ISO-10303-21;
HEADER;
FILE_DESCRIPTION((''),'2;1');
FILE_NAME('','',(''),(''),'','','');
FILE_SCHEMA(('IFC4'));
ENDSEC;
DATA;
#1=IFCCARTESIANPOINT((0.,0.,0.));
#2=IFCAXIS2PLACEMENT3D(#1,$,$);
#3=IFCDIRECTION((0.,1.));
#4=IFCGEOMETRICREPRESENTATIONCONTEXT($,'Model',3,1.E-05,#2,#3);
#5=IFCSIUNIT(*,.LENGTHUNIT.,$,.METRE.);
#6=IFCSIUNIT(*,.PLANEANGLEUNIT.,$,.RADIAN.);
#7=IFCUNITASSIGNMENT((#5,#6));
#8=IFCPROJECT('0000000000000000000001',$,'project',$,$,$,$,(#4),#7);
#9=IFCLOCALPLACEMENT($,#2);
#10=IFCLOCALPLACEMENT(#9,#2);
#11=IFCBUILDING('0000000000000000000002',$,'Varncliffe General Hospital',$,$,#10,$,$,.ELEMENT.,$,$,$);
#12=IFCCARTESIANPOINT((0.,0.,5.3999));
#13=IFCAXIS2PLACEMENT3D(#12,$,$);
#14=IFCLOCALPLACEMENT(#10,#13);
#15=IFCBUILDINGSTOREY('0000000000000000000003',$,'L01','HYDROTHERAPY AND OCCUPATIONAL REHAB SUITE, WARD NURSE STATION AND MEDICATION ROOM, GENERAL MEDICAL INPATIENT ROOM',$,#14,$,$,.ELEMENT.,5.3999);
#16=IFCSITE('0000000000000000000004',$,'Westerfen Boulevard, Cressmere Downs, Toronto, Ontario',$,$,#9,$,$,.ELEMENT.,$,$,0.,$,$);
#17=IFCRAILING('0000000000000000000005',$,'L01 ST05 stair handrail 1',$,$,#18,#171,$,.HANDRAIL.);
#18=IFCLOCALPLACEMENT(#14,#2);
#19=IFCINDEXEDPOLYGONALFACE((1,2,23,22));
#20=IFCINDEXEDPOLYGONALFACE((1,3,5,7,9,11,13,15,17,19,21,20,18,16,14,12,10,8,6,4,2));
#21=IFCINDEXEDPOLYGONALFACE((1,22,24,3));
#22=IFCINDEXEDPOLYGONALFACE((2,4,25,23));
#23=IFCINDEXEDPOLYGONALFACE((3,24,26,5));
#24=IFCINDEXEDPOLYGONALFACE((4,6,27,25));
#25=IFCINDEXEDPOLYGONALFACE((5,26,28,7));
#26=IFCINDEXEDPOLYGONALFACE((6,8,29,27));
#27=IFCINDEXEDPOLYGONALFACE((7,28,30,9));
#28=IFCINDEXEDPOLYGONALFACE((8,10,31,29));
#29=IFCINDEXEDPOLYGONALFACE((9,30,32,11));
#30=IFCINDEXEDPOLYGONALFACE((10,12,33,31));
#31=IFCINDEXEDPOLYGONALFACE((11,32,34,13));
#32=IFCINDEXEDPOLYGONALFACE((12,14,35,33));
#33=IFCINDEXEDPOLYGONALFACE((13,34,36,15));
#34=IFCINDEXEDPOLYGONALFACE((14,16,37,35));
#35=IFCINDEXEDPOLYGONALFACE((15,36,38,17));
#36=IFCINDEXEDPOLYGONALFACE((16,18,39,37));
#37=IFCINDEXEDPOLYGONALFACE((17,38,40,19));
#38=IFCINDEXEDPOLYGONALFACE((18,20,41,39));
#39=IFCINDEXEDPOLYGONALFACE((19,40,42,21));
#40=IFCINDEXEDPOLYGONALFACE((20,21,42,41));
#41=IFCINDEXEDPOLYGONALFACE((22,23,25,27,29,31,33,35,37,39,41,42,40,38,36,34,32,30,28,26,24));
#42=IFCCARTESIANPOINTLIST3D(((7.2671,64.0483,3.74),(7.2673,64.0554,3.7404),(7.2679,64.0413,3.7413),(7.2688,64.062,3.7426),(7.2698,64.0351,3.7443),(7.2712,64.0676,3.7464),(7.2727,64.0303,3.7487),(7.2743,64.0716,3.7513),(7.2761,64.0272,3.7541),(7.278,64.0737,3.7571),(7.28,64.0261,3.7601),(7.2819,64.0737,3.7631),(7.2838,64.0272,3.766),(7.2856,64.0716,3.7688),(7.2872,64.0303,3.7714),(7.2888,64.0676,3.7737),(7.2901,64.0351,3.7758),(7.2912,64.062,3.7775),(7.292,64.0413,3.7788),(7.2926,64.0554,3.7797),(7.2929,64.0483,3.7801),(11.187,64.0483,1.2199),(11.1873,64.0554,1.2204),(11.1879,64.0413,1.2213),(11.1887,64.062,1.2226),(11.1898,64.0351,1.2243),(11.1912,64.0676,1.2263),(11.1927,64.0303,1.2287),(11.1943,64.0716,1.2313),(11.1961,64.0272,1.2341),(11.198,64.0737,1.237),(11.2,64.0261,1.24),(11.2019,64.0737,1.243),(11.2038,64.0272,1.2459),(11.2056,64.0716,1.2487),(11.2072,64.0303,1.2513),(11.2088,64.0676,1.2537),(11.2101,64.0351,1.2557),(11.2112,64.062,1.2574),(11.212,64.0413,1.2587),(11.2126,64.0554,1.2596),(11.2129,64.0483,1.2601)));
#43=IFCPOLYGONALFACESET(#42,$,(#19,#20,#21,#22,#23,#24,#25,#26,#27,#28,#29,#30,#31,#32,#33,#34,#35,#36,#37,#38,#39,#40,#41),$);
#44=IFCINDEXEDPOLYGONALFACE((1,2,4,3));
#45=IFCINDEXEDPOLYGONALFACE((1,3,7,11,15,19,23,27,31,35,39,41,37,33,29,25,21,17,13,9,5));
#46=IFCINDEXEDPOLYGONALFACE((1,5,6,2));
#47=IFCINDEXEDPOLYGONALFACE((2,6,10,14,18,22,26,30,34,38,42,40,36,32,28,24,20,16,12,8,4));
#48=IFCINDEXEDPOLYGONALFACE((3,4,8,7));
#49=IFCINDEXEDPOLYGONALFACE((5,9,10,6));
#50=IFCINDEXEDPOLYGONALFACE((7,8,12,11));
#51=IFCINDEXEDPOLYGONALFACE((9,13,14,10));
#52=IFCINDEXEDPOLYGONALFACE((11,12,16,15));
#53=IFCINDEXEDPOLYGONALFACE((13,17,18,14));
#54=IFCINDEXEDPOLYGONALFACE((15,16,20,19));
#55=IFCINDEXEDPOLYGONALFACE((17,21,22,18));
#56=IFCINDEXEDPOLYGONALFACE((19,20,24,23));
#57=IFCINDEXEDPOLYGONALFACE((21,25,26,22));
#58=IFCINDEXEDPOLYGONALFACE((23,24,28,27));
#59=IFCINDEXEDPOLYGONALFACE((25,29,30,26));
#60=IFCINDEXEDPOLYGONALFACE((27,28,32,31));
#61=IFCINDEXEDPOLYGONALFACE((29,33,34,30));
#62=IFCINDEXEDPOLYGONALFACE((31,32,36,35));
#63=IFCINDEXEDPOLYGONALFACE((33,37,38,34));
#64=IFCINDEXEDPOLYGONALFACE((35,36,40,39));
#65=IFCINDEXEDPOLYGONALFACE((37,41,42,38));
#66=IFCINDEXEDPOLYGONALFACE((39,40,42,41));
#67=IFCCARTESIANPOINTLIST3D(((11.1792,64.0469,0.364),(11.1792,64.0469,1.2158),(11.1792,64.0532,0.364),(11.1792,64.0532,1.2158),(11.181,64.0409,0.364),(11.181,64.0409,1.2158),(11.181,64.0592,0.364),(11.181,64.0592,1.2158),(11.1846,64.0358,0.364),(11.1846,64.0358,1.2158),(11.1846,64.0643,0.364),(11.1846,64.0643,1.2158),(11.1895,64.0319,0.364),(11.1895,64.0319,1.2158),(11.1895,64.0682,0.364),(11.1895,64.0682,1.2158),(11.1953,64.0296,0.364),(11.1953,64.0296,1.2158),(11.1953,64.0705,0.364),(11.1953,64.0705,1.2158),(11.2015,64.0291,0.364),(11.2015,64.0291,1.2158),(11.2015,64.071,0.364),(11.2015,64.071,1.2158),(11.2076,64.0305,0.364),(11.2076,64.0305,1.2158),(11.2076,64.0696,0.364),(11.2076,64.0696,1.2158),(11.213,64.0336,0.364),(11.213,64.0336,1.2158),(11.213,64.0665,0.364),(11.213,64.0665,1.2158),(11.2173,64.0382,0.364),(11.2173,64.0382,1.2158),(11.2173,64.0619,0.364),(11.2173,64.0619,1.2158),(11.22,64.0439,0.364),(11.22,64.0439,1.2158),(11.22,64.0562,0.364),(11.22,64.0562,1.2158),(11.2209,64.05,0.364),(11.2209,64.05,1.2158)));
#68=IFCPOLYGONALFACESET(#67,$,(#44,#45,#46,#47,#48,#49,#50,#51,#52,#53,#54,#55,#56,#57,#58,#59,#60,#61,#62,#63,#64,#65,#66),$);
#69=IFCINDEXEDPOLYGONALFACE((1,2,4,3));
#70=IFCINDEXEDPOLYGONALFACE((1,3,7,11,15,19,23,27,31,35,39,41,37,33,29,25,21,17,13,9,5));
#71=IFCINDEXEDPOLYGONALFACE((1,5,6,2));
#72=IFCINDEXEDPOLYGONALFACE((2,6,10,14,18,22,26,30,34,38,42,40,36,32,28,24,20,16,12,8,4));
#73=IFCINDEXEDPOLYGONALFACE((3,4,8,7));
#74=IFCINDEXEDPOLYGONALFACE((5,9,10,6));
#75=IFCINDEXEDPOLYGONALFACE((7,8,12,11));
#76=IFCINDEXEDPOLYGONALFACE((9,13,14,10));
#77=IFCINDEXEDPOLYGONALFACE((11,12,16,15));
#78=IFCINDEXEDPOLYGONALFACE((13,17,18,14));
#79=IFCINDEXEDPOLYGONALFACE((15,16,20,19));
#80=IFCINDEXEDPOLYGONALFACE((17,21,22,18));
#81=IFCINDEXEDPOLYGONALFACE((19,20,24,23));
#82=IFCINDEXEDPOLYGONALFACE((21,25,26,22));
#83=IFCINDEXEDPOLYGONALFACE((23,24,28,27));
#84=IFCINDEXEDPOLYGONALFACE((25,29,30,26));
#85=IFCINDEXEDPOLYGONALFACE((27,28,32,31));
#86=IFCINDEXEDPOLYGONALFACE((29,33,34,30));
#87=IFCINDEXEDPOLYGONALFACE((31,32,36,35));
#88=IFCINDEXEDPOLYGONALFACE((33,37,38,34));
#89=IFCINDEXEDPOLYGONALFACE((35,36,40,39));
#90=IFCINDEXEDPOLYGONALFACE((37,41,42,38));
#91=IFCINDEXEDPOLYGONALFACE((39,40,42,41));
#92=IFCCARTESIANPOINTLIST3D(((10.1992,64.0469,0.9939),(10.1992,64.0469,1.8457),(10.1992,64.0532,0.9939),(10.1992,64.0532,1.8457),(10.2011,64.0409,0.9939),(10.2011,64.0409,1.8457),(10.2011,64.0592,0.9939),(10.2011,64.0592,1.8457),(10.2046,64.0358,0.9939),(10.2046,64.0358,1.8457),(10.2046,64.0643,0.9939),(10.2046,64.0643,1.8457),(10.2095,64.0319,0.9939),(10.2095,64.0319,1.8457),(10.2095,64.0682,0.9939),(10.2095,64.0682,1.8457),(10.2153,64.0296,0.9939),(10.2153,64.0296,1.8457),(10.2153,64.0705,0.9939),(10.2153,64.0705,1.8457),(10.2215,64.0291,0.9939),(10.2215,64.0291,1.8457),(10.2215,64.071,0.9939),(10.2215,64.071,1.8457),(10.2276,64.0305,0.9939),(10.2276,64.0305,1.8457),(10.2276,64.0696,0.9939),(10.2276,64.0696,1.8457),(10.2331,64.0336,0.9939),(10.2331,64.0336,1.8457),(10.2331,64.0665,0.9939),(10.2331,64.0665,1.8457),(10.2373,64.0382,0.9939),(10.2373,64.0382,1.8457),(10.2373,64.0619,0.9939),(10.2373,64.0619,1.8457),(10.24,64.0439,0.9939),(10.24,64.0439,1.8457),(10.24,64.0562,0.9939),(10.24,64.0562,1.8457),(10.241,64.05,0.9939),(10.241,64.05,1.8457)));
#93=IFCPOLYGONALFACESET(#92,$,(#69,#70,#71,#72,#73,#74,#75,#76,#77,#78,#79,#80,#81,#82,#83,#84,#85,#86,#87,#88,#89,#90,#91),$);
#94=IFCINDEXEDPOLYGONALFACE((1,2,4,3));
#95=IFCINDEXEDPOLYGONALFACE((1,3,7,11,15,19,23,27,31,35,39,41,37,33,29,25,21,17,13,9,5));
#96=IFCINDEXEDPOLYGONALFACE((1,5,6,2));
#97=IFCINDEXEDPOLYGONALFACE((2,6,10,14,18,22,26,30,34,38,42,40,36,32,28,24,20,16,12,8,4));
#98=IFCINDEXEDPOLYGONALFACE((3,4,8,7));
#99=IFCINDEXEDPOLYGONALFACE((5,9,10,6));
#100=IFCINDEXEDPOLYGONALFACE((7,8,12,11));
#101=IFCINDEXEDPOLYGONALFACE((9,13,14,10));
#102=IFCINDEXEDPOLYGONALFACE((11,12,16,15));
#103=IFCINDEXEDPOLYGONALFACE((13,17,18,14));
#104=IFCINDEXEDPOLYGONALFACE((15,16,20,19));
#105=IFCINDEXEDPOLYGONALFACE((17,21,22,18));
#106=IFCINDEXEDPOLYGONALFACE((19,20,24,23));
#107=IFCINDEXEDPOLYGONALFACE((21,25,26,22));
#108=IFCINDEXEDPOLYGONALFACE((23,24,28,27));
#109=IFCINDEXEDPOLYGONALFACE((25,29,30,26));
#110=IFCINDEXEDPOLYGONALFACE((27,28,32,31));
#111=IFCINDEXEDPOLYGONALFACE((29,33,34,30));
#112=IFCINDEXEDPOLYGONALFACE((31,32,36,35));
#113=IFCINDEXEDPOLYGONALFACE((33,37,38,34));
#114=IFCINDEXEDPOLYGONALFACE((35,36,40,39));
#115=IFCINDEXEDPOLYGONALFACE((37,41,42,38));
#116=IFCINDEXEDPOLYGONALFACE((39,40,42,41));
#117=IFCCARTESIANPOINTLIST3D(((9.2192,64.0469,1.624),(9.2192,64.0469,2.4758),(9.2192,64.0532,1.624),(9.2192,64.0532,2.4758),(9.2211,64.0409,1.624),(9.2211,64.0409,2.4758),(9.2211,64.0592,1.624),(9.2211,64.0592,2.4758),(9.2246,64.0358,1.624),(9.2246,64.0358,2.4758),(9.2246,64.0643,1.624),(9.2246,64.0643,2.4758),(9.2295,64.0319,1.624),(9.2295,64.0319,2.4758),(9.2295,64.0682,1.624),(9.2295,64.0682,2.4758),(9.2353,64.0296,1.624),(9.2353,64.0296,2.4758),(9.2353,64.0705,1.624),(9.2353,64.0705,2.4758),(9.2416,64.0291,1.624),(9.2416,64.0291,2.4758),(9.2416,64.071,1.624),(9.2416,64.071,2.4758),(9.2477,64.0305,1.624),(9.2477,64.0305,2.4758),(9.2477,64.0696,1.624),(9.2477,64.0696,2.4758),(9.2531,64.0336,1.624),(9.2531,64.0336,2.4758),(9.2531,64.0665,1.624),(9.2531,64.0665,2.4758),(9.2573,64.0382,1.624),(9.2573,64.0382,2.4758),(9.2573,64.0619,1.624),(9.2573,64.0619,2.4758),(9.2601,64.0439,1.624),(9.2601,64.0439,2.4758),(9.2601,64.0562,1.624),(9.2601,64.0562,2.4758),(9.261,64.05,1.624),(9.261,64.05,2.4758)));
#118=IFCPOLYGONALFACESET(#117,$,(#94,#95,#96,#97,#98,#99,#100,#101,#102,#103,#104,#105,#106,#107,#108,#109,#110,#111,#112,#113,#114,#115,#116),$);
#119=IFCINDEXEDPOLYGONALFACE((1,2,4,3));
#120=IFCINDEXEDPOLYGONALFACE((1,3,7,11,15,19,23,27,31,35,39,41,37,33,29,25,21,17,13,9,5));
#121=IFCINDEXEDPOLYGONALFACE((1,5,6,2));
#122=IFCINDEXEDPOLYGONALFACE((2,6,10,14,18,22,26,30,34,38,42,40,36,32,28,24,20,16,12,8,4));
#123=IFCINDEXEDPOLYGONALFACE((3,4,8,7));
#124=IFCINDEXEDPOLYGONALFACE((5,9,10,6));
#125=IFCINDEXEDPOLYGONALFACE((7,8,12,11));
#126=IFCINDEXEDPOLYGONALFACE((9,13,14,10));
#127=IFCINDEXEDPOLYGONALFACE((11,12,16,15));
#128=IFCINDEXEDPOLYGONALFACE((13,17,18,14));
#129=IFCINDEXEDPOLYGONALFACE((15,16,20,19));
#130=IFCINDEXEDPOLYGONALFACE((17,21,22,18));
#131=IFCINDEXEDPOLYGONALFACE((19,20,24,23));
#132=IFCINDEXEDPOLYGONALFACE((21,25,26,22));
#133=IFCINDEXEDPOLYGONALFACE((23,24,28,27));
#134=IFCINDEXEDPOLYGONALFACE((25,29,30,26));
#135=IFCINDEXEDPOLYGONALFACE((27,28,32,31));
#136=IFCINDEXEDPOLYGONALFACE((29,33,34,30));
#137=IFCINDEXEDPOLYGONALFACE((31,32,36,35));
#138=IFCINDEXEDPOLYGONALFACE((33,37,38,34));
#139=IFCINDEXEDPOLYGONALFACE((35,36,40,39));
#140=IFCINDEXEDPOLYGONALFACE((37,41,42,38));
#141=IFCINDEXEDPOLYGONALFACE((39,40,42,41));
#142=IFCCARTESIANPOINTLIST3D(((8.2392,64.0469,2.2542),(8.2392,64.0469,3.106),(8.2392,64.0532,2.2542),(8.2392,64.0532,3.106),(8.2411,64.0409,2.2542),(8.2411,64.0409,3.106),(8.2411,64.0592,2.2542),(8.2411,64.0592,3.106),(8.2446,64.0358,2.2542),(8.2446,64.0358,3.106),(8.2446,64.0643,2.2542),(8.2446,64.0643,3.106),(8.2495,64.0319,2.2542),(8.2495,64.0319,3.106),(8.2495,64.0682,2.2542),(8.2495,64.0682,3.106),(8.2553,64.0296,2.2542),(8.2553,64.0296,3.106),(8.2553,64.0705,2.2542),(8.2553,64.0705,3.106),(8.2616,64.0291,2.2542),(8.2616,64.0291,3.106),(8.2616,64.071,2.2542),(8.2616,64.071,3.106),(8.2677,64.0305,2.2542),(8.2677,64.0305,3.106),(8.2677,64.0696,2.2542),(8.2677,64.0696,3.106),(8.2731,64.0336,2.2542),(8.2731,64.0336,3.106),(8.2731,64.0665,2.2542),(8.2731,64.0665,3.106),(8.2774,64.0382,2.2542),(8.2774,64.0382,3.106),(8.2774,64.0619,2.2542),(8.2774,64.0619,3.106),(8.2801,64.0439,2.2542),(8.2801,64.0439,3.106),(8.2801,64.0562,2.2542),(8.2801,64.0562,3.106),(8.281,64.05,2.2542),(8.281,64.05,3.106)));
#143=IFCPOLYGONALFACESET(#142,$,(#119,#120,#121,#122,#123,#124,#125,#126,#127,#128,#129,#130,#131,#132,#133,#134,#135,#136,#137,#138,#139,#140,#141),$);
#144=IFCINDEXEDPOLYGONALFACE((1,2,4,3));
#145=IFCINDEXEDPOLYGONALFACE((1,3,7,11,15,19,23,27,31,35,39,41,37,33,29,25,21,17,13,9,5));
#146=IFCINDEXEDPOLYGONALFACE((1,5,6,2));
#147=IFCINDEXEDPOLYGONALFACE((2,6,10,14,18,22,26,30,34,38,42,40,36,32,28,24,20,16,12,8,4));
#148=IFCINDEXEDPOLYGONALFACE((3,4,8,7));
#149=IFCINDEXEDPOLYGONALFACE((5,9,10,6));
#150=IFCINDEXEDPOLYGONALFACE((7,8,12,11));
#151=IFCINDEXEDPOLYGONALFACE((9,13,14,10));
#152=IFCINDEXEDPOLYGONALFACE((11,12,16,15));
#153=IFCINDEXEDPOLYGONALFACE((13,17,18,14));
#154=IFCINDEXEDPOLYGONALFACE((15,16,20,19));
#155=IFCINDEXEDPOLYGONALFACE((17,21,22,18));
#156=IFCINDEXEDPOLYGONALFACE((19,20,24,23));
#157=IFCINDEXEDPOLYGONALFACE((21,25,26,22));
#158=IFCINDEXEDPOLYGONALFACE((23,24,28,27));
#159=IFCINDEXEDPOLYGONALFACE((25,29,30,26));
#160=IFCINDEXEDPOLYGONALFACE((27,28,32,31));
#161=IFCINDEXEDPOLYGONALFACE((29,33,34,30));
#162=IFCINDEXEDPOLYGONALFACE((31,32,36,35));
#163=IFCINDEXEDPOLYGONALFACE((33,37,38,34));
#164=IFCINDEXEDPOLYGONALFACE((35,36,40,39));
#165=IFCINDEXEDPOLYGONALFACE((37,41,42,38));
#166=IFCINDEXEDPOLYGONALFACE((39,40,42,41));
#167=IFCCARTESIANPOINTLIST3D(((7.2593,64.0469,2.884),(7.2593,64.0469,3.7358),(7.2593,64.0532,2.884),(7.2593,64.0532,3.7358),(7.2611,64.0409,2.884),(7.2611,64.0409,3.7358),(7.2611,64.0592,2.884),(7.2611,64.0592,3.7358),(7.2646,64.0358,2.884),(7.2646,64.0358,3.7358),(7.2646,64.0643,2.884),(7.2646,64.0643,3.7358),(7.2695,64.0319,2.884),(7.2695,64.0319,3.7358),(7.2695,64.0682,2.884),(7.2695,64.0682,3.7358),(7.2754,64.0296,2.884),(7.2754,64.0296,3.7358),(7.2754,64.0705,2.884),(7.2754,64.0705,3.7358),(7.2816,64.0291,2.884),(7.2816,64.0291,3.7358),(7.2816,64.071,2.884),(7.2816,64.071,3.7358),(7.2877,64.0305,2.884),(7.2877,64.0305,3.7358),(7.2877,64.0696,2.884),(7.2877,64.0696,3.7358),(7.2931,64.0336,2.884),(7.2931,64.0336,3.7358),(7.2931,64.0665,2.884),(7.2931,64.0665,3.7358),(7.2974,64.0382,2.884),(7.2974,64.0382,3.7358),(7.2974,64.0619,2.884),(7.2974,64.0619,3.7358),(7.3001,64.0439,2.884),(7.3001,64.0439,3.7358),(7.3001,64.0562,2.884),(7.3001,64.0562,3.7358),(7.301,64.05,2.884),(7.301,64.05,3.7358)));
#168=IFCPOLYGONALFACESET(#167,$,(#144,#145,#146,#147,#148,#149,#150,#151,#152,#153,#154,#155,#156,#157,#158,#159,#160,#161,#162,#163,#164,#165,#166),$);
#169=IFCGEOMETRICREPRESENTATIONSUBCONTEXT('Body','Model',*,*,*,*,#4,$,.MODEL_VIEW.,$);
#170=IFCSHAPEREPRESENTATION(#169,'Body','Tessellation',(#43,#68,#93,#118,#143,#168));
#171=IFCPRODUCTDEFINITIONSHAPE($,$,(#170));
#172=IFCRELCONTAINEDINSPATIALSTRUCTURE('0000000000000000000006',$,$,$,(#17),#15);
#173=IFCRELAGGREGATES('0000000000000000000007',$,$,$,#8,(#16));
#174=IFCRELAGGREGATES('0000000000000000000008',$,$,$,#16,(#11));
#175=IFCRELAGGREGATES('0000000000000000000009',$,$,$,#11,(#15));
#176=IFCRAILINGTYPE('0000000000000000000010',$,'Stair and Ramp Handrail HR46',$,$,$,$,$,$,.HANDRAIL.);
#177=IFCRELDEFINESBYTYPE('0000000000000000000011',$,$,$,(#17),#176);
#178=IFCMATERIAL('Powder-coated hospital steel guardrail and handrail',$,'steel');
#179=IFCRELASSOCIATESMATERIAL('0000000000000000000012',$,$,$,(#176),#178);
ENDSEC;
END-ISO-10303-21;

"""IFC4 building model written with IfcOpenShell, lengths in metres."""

from ifc_helpers import new_model, si_unit, direction, frame, origin, origin_2d, place, context, subcontext, project, spatial, circle, extrude, material, type_object, element, save


model = new_model("IFC4")

# Units and contexts
model_context = context("Model", 3, precision=1e-05, world=origin(), true_north=direction((0.0, 1.0)))
body_context = subcontext(model_context, "Body", "Model", "MODEL_VIEW")
ifc_project = project(units=[si_unit("LENGTHUNIT", "METRE"), si_unit("PLANEANGLEUNIT", "RADIAN")], contexts=[model_context])

# Site, building, storey
site_placement = place(None, origin())
site = spatial("IfcSite", under=ifc_project, at=site_placement, Name="Westerfen Boulevard, Cressmere Downs, Toronto, Ontario", CompositionType="ELEMENT", RefElevation=0.0)
building_placement = place(site_placement, origin())
building = spatial("IfcBuilding", under=site, at=building_placement, Name="Varncliffe General Hospital", CompositionType="ELEMENT")
storey_placement = place(building_placement, frame((0.0, 0.0, 5.3999)))
storey = spatial("IfcBuildingStorey", under=building, at=storey_placement, Name="L01", Description="HYDROTHERAPY AND OCCUPATIONAL REHAB SUITE, WARD NURSE STATION AND MEDICATION ROOM, GENERAL MEDICAL INPATIENT ROOM", CompositionType="ELEMENT", Elevation=5.3999)

# Railing
ifc_material_1 = material(Name="Powder-coated hospital steel guardrail and handrail", Category="steel")
railing_type_1 = type_object("IfcRailingType", Name="Stair and Ramp Handrail HR46", PredefinedType="HANDRAIL", material=ifc_material_1)
railing_1_placement = place(storey_placement, frame((11.2, 64.05, 0.364)))
element("IfcRailing", 1, at=railing_1_placement, inside=storey, type_object=railing_type_1, Name="L01 ST05 stair handrail 1", PredefinedType="HANDRAIL", context=body_context, shape_type="SweptSolid", body=[
    extrude(circle(Radius=0.0239, at=origin_2d()), frame((0.0, 0.0, 0.876), z_axis=(-0.841172, 0.0, 0.540768), x_axis=(0.0, -1.0, 0.0)), (0.0, 0.0, 1.0), 4.6602),
    extrude(circle(Radius=0.021, at=origin_2d()), origin(), (0.0, 0.0, 1.0), 0.8518),
    extrude(circle(Radius=0.021, at=origin_2d()), frame((-0.98, 0.0, 0.6299)), (0.0, 0.0, 1.0), 0.8518),
    extrude(circle(Radius=0.021, at=origin_2d()), frame((-1.96, 0.0, 1.26)), (0.0, 0.0, 1.0), 0.8518),
    extrude(circle(Radius=0.021, at=origin_2d()), frame((-2.9399, 0.0, 1.8901)), (0.0, 0.0, 1.0), 0.8518),
    extrude(circle(Radius=0.021, at=origin_2d()), frame((-3.9199, 0.0, 2.52)), (0.0, 0.0, 1.0), 0.8518),
])

save(model, "model.ifc")
